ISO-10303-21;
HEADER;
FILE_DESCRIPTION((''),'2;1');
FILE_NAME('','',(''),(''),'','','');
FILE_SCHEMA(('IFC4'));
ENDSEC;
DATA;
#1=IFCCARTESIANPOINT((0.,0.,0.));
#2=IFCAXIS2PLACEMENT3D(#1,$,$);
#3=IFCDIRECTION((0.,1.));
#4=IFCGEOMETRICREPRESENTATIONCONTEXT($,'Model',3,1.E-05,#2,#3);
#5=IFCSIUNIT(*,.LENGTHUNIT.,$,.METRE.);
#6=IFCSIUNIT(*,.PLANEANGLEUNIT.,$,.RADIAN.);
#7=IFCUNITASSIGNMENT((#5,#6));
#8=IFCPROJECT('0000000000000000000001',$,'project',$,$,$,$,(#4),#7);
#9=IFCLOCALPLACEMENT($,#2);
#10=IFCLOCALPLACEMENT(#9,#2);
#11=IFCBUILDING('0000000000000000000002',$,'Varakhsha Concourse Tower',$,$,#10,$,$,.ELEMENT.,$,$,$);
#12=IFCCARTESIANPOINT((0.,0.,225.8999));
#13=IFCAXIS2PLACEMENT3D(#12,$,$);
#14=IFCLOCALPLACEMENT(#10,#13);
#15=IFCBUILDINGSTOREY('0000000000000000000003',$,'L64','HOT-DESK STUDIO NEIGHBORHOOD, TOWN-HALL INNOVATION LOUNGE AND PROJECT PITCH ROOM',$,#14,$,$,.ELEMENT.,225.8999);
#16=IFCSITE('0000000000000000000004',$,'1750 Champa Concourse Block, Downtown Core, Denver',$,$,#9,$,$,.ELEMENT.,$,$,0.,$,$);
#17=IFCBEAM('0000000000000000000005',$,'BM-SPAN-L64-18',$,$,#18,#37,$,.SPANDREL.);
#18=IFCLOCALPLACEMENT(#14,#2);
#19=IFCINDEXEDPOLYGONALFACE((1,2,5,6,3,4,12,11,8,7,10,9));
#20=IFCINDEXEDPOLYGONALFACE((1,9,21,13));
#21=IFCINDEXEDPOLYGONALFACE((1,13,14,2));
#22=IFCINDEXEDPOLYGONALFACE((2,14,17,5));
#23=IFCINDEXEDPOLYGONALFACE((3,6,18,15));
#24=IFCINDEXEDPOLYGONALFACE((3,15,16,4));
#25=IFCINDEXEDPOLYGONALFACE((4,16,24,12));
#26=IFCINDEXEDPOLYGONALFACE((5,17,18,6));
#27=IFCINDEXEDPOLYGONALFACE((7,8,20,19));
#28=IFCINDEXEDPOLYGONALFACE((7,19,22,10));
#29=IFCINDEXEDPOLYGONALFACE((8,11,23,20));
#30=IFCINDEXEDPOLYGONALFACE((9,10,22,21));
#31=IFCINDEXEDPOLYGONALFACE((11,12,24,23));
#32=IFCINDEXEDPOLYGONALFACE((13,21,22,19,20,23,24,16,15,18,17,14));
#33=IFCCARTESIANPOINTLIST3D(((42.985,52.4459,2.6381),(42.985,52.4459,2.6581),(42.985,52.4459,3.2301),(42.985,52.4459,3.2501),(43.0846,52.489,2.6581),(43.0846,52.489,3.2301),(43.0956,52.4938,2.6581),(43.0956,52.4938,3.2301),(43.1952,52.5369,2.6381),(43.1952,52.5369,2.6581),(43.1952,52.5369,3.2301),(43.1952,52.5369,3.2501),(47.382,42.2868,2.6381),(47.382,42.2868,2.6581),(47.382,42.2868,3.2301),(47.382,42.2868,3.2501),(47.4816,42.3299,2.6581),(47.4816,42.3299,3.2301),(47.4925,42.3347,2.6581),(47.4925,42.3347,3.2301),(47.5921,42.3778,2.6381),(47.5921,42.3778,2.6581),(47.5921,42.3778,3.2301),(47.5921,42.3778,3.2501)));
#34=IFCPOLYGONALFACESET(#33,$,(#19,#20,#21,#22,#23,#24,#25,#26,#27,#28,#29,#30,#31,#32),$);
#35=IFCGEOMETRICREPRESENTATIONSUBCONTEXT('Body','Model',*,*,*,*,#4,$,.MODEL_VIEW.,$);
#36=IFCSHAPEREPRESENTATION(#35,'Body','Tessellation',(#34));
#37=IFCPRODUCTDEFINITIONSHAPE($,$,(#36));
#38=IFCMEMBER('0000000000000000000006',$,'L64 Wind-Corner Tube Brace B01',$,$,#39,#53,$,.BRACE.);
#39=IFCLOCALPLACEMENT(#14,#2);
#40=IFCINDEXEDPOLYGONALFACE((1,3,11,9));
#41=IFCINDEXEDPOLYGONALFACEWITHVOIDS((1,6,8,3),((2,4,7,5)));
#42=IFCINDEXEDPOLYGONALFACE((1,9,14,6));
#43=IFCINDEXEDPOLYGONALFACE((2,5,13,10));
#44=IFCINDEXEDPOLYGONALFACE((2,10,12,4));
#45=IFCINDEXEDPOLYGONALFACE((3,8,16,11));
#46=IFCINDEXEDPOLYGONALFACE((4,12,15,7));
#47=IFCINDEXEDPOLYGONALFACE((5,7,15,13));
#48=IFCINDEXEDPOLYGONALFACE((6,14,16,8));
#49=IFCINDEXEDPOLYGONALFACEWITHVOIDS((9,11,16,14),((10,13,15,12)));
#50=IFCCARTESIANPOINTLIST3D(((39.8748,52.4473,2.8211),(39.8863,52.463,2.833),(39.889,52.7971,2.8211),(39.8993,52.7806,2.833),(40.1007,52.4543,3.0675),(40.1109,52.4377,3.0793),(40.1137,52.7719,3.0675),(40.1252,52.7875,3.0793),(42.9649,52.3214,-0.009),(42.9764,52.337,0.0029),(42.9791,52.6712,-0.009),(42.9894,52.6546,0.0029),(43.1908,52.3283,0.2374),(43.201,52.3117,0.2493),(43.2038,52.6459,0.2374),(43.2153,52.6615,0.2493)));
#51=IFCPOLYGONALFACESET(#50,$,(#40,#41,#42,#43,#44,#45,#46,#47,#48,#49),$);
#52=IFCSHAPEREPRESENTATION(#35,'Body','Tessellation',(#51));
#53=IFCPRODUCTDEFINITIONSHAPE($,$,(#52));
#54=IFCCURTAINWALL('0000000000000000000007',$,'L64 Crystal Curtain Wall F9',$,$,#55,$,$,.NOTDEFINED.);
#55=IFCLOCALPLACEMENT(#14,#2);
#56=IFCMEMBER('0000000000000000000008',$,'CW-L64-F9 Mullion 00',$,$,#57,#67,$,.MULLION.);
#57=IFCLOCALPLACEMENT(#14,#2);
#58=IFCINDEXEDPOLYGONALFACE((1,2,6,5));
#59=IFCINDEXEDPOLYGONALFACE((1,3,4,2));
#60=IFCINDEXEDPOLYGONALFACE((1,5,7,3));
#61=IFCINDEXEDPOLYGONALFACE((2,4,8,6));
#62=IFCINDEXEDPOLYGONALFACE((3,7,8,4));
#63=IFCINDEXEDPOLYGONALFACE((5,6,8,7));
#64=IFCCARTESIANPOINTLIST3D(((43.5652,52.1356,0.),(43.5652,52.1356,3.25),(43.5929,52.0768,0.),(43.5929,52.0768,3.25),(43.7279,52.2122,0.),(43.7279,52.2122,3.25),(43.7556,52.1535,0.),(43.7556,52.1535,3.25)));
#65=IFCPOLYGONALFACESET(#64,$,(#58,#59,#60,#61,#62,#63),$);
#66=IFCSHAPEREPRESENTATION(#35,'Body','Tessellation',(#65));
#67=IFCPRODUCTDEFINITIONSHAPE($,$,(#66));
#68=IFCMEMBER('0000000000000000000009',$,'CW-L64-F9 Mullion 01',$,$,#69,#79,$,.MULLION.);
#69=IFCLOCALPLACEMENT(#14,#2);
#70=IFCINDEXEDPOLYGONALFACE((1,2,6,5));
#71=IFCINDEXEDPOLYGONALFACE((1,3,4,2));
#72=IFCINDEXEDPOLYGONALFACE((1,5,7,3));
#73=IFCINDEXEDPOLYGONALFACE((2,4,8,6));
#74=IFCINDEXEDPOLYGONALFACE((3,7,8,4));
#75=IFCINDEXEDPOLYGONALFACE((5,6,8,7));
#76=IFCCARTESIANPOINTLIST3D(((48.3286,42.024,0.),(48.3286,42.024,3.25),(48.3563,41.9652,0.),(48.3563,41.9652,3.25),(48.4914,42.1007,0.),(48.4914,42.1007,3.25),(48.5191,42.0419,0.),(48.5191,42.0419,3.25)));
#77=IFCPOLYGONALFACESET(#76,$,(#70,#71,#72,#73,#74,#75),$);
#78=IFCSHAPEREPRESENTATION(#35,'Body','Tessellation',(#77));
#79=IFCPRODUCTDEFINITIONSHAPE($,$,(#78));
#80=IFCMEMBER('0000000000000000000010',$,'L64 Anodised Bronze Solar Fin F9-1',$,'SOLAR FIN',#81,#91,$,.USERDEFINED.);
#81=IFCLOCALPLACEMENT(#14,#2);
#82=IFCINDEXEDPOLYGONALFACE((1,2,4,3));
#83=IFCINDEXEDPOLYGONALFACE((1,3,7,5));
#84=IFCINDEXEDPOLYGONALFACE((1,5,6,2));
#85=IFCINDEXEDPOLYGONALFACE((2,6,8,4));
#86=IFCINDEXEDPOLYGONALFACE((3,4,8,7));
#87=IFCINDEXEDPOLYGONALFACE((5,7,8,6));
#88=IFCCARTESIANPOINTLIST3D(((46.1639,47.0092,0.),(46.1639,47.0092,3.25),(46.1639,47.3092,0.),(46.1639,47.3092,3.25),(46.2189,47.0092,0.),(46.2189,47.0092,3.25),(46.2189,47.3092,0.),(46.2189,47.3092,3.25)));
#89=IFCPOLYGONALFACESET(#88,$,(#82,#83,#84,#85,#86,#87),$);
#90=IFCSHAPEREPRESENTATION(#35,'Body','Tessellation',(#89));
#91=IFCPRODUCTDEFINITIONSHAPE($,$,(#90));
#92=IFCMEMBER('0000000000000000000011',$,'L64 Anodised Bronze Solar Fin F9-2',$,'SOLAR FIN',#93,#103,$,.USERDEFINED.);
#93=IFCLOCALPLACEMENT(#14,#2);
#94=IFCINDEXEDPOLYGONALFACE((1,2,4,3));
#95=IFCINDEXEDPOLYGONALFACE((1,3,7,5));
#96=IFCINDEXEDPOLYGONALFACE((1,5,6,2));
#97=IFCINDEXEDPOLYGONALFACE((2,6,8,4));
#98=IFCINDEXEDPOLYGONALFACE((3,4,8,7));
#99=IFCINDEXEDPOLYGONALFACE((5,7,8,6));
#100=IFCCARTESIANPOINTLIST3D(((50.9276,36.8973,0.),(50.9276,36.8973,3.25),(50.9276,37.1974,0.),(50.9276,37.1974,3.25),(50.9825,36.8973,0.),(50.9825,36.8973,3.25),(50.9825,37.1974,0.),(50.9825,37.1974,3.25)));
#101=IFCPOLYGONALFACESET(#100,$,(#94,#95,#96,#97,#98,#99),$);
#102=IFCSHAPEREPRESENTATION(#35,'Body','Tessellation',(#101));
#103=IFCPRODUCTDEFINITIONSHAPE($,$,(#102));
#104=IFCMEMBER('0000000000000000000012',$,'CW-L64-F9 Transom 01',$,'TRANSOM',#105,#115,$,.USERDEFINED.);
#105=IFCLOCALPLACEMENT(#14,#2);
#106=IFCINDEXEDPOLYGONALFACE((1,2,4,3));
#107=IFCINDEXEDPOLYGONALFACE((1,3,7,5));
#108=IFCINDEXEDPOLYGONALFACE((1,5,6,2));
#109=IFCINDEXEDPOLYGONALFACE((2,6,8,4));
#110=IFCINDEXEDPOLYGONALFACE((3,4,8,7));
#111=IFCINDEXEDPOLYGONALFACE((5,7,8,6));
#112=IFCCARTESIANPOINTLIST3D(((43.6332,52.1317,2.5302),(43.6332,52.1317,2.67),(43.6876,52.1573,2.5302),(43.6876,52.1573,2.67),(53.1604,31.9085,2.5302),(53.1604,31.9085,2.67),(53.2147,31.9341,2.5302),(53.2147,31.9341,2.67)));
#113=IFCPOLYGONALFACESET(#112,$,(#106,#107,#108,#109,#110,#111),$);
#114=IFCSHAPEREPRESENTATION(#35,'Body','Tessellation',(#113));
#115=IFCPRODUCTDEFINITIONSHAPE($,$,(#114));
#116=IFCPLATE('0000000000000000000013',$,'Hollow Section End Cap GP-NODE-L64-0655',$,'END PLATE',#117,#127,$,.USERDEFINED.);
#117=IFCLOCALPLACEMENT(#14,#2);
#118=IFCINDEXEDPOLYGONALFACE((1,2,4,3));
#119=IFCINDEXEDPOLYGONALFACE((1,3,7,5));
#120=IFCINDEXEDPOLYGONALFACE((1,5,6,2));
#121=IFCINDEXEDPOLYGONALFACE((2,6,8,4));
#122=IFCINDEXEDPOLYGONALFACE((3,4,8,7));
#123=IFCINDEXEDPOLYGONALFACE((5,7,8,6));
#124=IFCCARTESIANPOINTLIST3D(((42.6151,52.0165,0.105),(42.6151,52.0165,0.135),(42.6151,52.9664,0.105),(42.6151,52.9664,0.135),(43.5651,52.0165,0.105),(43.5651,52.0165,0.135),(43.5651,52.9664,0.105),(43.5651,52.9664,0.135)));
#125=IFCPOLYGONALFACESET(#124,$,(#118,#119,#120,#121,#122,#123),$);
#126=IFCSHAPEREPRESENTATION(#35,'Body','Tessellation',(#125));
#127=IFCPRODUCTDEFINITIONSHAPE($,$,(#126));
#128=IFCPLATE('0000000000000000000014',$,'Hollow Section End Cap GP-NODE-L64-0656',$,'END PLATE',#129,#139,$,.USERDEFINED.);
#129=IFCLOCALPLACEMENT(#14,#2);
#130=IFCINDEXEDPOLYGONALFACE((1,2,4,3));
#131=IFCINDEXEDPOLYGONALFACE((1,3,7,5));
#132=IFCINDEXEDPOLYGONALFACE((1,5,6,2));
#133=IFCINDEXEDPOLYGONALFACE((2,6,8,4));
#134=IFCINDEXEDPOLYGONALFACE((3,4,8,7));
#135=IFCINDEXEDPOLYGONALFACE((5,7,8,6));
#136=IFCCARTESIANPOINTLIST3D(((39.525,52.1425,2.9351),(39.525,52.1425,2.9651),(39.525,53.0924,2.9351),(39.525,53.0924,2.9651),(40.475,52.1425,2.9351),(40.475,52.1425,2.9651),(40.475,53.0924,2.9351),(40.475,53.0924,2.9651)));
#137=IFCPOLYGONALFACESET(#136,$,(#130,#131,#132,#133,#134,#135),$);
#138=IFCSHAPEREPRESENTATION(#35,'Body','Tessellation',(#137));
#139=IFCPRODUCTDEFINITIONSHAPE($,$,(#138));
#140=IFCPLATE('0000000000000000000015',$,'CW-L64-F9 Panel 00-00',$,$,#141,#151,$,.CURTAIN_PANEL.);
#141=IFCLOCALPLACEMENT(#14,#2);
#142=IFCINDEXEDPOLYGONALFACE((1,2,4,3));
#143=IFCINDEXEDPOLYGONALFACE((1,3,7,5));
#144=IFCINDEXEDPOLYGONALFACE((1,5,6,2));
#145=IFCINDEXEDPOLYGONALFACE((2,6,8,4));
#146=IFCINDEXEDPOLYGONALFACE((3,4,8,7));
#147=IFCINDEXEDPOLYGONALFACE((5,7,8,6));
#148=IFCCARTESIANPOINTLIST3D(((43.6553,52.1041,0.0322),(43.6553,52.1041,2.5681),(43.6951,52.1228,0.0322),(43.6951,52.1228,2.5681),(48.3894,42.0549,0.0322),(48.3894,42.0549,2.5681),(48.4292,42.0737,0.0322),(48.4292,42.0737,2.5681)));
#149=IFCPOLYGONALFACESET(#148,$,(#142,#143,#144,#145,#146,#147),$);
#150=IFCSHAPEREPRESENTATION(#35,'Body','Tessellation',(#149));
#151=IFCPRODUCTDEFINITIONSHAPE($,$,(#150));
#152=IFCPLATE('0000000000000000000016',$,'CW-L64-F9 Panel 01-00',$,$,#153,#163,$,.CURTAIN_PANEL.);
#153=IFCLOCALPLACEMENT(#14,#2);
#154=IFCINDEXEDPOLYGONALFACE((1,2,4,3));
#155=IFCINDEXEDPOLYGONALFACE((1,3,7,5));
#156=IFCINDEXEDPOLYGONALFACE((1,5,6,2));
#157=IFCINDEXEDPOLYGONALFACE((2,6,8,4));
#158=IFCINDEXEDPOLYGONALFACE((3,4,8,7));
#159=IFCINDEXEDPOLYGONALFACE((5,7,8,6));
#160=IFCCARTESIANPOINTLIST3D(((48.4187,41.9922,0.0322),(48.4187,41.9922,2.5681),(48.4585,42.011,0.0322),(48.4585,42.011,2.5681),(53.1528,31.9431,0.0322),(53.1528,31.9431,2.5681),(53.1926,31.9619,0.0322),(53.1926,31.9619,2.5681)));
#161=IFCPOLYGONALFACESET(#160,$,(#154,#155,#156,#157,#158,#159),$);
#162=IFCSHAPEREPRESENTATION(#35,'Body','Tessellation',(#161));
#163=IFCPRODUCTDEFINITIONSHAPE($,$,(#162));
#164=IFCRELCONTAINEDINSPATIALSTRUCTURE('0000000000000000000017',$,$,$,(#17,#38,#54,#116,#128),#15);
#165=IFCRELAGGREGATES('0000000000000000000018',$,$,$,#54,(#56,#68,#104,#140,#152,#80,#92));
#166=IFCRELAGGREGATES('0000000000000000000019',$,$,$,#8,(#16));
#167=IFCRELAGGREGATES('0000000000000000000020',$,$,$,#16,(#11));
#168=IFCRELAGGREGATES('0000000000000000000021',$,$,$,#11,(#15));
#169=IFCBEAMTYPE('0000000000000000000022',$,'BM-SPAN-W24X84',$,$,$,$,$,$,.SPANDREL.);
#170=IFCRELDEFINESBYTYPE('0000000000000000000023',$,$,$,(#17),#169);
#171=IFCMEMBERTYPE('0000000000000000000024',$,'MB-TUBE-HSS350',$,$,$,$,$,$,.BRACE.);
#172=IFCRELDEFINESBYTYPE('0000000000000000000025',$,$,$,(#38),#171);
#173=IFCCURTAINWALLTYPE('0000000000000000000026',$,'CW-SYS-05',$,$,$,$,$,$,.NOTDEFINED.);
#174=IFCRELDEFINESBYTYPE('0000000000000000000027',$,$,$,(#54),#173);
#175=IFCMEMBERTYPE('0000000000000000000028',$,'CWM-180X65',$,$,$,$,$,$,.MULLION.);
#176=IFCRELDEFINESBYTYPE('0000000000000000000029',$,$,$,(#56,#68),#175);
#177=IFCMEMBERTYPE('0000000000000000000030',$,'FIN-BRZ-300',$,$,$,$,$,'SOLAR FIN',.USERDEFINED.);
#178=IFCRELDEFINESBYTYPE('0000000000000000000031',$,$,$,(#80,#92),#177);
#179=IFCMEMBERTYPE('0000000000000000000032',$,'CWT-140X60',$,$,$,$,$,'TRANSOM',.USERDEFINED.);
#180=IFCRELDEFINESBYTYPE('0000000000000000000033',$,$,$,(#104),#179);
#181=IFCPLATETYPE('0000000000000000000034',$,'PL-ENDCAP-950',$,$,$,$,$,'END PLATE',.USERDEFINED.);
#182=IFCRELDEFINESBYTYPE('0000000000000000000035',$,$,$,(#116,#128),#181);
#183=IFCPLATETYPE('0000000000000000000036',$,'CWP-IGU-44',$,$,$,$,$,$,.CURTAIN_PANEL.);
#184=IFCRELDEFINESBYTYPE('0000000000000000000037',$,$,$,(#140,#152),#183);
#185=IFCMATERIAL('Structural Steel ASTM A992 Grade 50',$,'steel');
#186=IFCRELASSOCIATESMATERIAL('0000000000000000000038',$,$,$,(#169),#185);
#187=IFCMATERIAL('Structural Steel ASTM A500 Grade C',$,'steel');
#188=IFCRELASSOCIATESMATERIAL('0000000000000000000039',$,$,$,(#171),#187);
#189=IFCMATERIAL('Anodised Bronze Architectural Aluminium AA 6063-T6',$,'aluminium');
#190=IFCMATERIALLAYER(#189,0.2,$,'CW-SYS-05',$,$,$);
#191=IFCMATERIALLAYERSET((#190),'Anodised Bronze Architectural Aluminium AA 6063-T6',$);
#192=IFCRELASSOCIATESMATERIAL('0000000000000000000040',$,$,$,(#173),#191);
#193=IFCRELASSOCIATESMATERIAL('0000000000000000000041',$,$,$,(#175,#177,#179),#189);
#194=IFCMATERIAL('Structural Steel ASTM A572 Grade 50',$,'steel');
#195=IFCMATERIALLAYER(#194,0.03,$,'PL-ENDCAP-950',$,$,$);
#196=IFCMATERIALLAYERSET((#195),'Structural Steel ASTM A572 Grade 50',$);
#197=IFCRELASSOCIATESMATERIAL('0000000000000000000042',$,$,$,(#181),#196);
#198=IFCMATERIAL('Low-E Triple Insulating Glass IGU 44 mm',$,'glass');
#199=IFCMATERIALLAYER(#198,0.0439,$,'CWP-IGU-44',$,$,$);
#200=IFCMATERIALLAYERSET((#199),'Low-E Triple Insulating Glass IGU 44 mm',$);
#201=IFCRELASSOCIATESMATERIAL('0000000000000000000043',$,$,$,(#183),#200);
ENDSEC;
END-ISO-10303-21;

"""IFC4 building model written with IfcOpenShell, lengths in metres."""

from ifc_helpers import new_model, si_unit, direction, frame, origin, origin_2d, place, context, subcontext, project, spatial, rectangle, hollow_rectangle, i_section, extrude, source, transform, mapped, material, layer, layer_set, material_profile, profile_set, type_object, type_shapes, element, aggregate, save


model = new_model("IFC4")

# Units and contexts
model_context = context("Model", 3, precision=1e-05, world=origin(), true_north=direction((0.0, 1.0)))
body_context = subcontext(model_context, "Body", "Model", "MODEL_VIEW")
ifc_project = project(units=[si_unit("LENGTHUNIT", "METRE"), si_unit("PLANEANGLEUNIT", "RADIAN")], contexts=[model_context])

# Site, building, storey
site_placement = place(None, origin())
site = spatial("IfcSite", under=ifc_project, at=site_placement, Name="1750 Champa Concourse Block, Downtown Core, Denver", CompositionType="ELEMENT", RefElevation=0.0)
building_placement = place(site_placement, origin())
building = spatial("IfcBuilding", under=site, at=building_placement, Name="Varakhsha Concourse Tower", CompositionType="ELEMENT")
storey_placement = place(building_placement, frame((0.0, 0.0, 225.8999)))
storey = spatial("IfcBuildingStorey", under=building, at=storey_placement, Name="L64", Description="HOT-DESK STUDIO NEIGHBORHOOD, TOWN-HALL INNOVATION LOUNGE AND PROJECT PITCH ROOM", CompositionType="ELEMENT", Elevation=225.8999)

# Shared definitions
ifc_material_1 = material(Name="Structural Steel ASTM A992 Grade 50", Category="steel")
ifc_material_2 = material(Name="Structural Steel ASTM A572 Grade 50", Category="steel")

# Beam
ifc_material_profile_1 = material_profile(ifc_material_1, i_section(OverallWidth=0.229, OverallDepth=0.6121, WebThickness=0.012, FlangeThickness=0.02, at=origin_2d()), Name="W24X84")
ifc_profile_set_1 = profile_set([ifc_material_profile_1], Name="Structural Steel ASTM A992 Grade 50")
beam_type_1 = type_object("IfcBeamType", Name="BM-SPAN-W24X84", PredefinedType="SPANDREL", material=ifc_profile_set_1)
beam_1_placement = place(storey_placement, frame((47.4871, 42.3323, 2.9441), z_axis=(-0.397201, 0.917731, 0.0), x_axis=(-0.917731, -0.397201, 0.0)))
element("IfcBeam", 1, at=beam_1_placement, inside=storey, type_object=beam_type_1, Name="BM-SPAN-L64-18", PredefinedType="SPANDREL", context=body_context, shape_type="SweptSolid", body=[
    extrude(i_section(OverallWidth=0.229, OverallDepth=0.6121, WebThickness=0.012, FlangeThickness=0.02, at=origin_2d()), origin(), (0.0, 0.0, 1.0), 11.0698),
])

# Member
ifc_material_3 = material(Name="Structural Steel ASTM A500 Grade C", Category="steel")
ifc_material_profile_2 = material_profile(ifc_material_3, hollow_rectangle(XDim=0.3501, YDim=0.3501, WallThickness=0.0161, at=origin_2d()), Name="HSS 350x350x16")
ifc_profile_set_2 = profile_set([ifc_material_profile_2], Name="Structural Steel ASTM A500 Grade C")
member_type_1 = type_object("IfcMemberType", Name="MB-TUBE-HSS350", PredefinedType="BRACE", material=ifc_profile_set_2)
shared_shape_1 = source(origin(), body_context, "Body", "SweptSolid", [
    extrude(hollow_rectangle(XDim=0.3501, YDim=0.3501, WallThickness=0.0161, at=origin_2d()), origin(), (0.0, 0.0, 1.0), 4.1921),
])
type_shapes(member_type_1, [shared_shape_1])
member_1_placement = place(storey_placement, frame((43.0901, 52.4915, 0.1201), z_axis=(-0.737118, 0.030051, 0.675095), x_axis=(-0.040734, -0.99917, 0.0)))
element("IfcMember", 2, at=member_1_placement, inside=storey, type_object=member_type_1, Name="L64 Wind-Corner Tube Brace B01", PredefinedType="BRACE", context=body_context, shape_type="MappedRepresentation", body=[
    mapped(shared_shape_1, transform((0.0, 0.0, 0.0), scale=1.0)),
])

# Curtain wall, members
ifc_material_4 = material(Name="Anodised Bronze Architectural Aluminium AA 6063-T6", Category="aluminium")
ifc_layer_1 = layer(ifc_material_4, 0.2, Name="CW-SYS-05")
ifc_layer_set_1 = layer_set([ifc_layer_1], Name="Anodised Bronze Architectural Aluminium AA 6063-T6")
curtain_wall_type = type_object("IfcCurtainWallType", Name="CW-SYS-05", PredefinedType="NOTDEFINED", material=ifc_layer_set_1)
curtain_wall_placement = place(storey_placement, origin())
curtain_wall = element("IfcCurtainWall", 3, at=curtain_wall_placement, inside=storey, type_object=curtain_wall_type, Name="L64 Crystal Curtain Wall F9", PredefinedType="NOTDEFINED")
ifc_material_profile_3 = material_profile(ifc_material_4, rectangle(XDim=0.0649, YDim=0.1799, at=origin_2d()), Name="CWM-180X65")
ifc_profile_set_3 = profile_set([ifc_material_profile_3], Name="Anodised Bronze Architectural Aluminium AA 6063-T6")
member_type_2 = type_object("IfcMemberType", Name="CWM-180X65", PredefinedType="MULLION", material=ifc_profile_set_3)
shared_shape_2 = source(origin(), body_context, "Body", "SweptSolid", [
    extrude(rectangle(XDim=0.0649, YDim=0.1799, at=origin_2d()), origin(), (0.0, 0.0, 1.0), 3.25),
])
type_shapes(member_type_2, [shared_shape_2])
member_2_placement = place(storey_placement, frame((43.6604, 52.1445, 0.0), z_axis=(0.0, 0.0, 1.0), x_axis=(0.426172, -0.904642, 0.0)))
member_2 = element("IfcMember", 4, at=member_2_placement, type_object=member_type_2, Name="CW-L64-F9 Mullion 00", PredefinedType="MULLION", context=body_context, shape_type="MappedRepresentation", body=[
    mapped(shared_shape_2, transform((0.0, 0.0, 0.0), scale=1.0)),
])
member_3_placement = place(storey_placement, frame((48.4238, 42.033, 0.0), z_axis=(0.0, 0.0, 1.0), x_axis=(0.426172, -0.904642, 0.0)))
member_3 = element("IfcMember", 5, at=member_3_placement, type_object=member_type_2, Name="CW-L64-F9 Mullion 01", PredefinedType="MULLION", context=body_context, shape_type="MappedRepresentation", body=[
    mapped(shared_shape_2, transform((0.0, 0.0, 0.0), scale=1.0)),
])
ifc_material_profile_4 = material_profile(ifc_material_4, rectangle(XDim=0.0549, YDim=0.3, at=origin_2d()), Name="FIN-BRZ-300")
ifc_profile_set_4 = profile_set([ifc_material_profile_4], Name="Anodised Bronze Architectural Aluminium AA 6063-T6")
member_type_3 = type_object("IfcMemberType", Name="FIN-BRZ-300", ElementType="SOLAR FIN", PredefinedType="USERDEFINED", material=ifc_profile_set_4)
shared_shape_3 = source(origin(), body_context, "Body", "SweptSolid", [
    extrude(rectangle(XDim=0.0549, YDim=0.3, at=origin_2d()), origin(), (0.0, 0.0, 1.0), 3.25),
])
type_shapes(member_type_3, [shared_shape_3])
member_4_placement = place(storey_placement, frame((46.1914, 47.1592, 0.0), z_axis=(0.0, 0.0, 1.0), x_axis=(1.0, 0.0, 0.0)))
member_4 = element("IfcMember", 6, at=member_4_placement, type_object=member_type_3, Name="L64 Anodised Bronze Solar Fin F9-1", ObjectType="SOLAR FIN", PredefinedType="USERDEFINED", context=body_context, shape_type="MappedRepresentation", body=[
    mapped(shared_shape_3, transform((0.0, 0.0, 0.0), scale=1.0)),
])
member_5_placement = place(storey_placement, frame((50.9551, 37.0474, 0.0), z_axis=(0.0, 0.0, 1.0), x_axis=(1.0, 0.0, 0.0)))
member_5 = element("IfcMember", 7, at=member_5_placement, type_object=member_type_3, Name="L64 Anodised Bronze Solar Fin F9-2", ObjectType="SOLAR FIN", PredefinedType="USERDEFINED", context=body_context, shape_type="MappedRepresentation", body=[
    mapped(shared_shape_3, transform((0.0, 0.0, 0.0), scale=1.0)),
])
ifc_material_profile_5 = material_profile(ifc_material_4, rectangle(XDim=0.0601, YDim=0.1399, at=origin_2d()), Name="CWT-140X60")
ifc_profile_set_5 = profile_set([ifc_material_profile_5], Name="Anodised Bronze Architectural Aluminium AA 6063-T6")
member_type_4 = type_object("IfcMemberType", Name="CWT-140X60", ElementType="TRANSOM", PredefinedType="USERDEFINED", material=ifc_profile_set_5)
shared_shape_4 = source(origin(), body_context, "Body", "SweptSolid", [
    extrude(rectangle(XDim=0.0601, YDim=0.1399, at=origin_2d()), origin(), (0.0, 0.0, 1.0), 22.355),
])
type_shapes(member_type_4, [shared_shape_4])
member_6_placement = place(storey_placement, frame((43.6604, 52.1445, 2.6001), z_axis=(0.426175, -0.904641, 0.0), x_axis=(0.904641, 0.426175, 0.0)))
member_6 = element("IfcMember", 8, at=member_6_placement, type_object=member_type_4, Name="CW-L64-F9 Transom 01", ObjectType="TRANSOM", PredefinedType="USERDEFINED", context=body_context, shape_type="MappedRepresentation", body=[
    mapped(shared_shape_4, transform((0.0, 0.0, 0.0), scale=1.0)),
])

# Plates
ifc_layer_2 = layer(ifc_material_2, 0.03, Name="PL-ENDCAP-950")
ifc_layer_set_2 = layer_set([ifc_layer_2], Name="Structural Steel ASTM A572 Grade 50")
plate_type_1 = type_object("IfcPlateType", Name="PL-ENDCAP-950", ElementType="END PLATE", PredefinedType="USERDEFINED", material=ifc_layer_set_2)
shared_shape_5 = source(origin(), body_context, "Body", "SweptSolid", [
    extrude(rectangle(XDim=0.95, YDim=0.95, at=origin_2d()), origin(), (0.0, 0.0, 1.0), 0.03),
])
type_shapes(plate_type_1, [shared_shape_5])
for number, where, z_axis, x_axis, name in (
    (9, (43.0901, 52.4915, 0.105), (0.0, 0.0, 1.0), (1.0, 0.0, 0.0), "Hollow Section End Cap GP-NODE-L64-0655"),
    (10, (40.0, 52.6174, 2.9351), (0.0, 0.0, 1.0), (1.0, 0.0, 0.0), "Hollow Section End Cap GP-NODE-L64-0656"),
):
    element("IfcPlate", number, at=place(storey_placement, frame(where, z_axis=z_axis, x_axis=x_axis)), inside=storey, type_object=plate_type_1, Name=name, ObjectType="END PLATE", PredefinedType="USERDEFINED", context=body_context, shape_type="MappedRepresentation", body=[
        mapped(shared_shape_5, transform((0.0, 0.0, 0.0), scale=1.0)),
    ])

# Plates
ifc_material_5 = material(Name="Low-E Triple Insulating Glass IGU 44 mm", Category="glass")
ifc_layer_3 = layer(ifc_material_5, 0.0439, Name="CWP-IGU-44")
ifc_layer_set_3 = layer_set([ifc_layer_3], Name="Low-E Triple Insulating Glass IGU 44 mm")
plate_type_2 = type_object("IfcPlateType", Name="CWP-IGU-44", PredefinedType="CURTAIN_PANEL", material=ifc_layer_set_3)
shared_shape_6 = source(origin(), body_context, "Body", "SweptSolid", [
    extrude(rectangle(XDim=11.1084, YDim=0.0439, at=origin_2d()), origin(), (0.0, 0.0, 1.0), 2.5359),
])
type_shapes(plate_type_2, [shared_shape_6])
plate_1_placement = place(storey_placement, frame((46.0422, 47.0889, 0.0322), z_axis=(0.0, 0.0, 1.0), x_axis=(0.426172, -0.904642, 0.0)))
plate_1 = element("IfcPlate", 11, at=plate_1_placement, type_object=plate_type_2, Name="CW-L64-F9 Panel 00-00", PredefinedType="CURTAIN_PANEL", context=body_context, shape_type="MappedRepresentation", body=[
    mapped(shared_shape_6, transform((0.0, 0.0, 0.0), scale=1.0)),
])
plate_2_placement = place(storey_placement, frame((50.8057, 36.9771, 0.0322), z_axis=(0.0, 0.0, 1.0), x_axis=(0.426172, -0.904642, 0.0)))
plate_2 = element("IfcPlate", 12, at=plate_2_placement, type_object=plate_type_2, Name="CW-L64-F9 Panel 01-00", PredefinedType="CURTAIN_PANEL", context=body_context, shape_type="MappedRepresentation", body=[
    mapped(shared_shape_6, transform((0.0, 0.0, 0.0), scale=1.0)),
])
aggregate(curtain_wall, [member_2, member_3, member_6, plate_1, plate_2, member_4, member_5])

save(model, "model.ifc")
